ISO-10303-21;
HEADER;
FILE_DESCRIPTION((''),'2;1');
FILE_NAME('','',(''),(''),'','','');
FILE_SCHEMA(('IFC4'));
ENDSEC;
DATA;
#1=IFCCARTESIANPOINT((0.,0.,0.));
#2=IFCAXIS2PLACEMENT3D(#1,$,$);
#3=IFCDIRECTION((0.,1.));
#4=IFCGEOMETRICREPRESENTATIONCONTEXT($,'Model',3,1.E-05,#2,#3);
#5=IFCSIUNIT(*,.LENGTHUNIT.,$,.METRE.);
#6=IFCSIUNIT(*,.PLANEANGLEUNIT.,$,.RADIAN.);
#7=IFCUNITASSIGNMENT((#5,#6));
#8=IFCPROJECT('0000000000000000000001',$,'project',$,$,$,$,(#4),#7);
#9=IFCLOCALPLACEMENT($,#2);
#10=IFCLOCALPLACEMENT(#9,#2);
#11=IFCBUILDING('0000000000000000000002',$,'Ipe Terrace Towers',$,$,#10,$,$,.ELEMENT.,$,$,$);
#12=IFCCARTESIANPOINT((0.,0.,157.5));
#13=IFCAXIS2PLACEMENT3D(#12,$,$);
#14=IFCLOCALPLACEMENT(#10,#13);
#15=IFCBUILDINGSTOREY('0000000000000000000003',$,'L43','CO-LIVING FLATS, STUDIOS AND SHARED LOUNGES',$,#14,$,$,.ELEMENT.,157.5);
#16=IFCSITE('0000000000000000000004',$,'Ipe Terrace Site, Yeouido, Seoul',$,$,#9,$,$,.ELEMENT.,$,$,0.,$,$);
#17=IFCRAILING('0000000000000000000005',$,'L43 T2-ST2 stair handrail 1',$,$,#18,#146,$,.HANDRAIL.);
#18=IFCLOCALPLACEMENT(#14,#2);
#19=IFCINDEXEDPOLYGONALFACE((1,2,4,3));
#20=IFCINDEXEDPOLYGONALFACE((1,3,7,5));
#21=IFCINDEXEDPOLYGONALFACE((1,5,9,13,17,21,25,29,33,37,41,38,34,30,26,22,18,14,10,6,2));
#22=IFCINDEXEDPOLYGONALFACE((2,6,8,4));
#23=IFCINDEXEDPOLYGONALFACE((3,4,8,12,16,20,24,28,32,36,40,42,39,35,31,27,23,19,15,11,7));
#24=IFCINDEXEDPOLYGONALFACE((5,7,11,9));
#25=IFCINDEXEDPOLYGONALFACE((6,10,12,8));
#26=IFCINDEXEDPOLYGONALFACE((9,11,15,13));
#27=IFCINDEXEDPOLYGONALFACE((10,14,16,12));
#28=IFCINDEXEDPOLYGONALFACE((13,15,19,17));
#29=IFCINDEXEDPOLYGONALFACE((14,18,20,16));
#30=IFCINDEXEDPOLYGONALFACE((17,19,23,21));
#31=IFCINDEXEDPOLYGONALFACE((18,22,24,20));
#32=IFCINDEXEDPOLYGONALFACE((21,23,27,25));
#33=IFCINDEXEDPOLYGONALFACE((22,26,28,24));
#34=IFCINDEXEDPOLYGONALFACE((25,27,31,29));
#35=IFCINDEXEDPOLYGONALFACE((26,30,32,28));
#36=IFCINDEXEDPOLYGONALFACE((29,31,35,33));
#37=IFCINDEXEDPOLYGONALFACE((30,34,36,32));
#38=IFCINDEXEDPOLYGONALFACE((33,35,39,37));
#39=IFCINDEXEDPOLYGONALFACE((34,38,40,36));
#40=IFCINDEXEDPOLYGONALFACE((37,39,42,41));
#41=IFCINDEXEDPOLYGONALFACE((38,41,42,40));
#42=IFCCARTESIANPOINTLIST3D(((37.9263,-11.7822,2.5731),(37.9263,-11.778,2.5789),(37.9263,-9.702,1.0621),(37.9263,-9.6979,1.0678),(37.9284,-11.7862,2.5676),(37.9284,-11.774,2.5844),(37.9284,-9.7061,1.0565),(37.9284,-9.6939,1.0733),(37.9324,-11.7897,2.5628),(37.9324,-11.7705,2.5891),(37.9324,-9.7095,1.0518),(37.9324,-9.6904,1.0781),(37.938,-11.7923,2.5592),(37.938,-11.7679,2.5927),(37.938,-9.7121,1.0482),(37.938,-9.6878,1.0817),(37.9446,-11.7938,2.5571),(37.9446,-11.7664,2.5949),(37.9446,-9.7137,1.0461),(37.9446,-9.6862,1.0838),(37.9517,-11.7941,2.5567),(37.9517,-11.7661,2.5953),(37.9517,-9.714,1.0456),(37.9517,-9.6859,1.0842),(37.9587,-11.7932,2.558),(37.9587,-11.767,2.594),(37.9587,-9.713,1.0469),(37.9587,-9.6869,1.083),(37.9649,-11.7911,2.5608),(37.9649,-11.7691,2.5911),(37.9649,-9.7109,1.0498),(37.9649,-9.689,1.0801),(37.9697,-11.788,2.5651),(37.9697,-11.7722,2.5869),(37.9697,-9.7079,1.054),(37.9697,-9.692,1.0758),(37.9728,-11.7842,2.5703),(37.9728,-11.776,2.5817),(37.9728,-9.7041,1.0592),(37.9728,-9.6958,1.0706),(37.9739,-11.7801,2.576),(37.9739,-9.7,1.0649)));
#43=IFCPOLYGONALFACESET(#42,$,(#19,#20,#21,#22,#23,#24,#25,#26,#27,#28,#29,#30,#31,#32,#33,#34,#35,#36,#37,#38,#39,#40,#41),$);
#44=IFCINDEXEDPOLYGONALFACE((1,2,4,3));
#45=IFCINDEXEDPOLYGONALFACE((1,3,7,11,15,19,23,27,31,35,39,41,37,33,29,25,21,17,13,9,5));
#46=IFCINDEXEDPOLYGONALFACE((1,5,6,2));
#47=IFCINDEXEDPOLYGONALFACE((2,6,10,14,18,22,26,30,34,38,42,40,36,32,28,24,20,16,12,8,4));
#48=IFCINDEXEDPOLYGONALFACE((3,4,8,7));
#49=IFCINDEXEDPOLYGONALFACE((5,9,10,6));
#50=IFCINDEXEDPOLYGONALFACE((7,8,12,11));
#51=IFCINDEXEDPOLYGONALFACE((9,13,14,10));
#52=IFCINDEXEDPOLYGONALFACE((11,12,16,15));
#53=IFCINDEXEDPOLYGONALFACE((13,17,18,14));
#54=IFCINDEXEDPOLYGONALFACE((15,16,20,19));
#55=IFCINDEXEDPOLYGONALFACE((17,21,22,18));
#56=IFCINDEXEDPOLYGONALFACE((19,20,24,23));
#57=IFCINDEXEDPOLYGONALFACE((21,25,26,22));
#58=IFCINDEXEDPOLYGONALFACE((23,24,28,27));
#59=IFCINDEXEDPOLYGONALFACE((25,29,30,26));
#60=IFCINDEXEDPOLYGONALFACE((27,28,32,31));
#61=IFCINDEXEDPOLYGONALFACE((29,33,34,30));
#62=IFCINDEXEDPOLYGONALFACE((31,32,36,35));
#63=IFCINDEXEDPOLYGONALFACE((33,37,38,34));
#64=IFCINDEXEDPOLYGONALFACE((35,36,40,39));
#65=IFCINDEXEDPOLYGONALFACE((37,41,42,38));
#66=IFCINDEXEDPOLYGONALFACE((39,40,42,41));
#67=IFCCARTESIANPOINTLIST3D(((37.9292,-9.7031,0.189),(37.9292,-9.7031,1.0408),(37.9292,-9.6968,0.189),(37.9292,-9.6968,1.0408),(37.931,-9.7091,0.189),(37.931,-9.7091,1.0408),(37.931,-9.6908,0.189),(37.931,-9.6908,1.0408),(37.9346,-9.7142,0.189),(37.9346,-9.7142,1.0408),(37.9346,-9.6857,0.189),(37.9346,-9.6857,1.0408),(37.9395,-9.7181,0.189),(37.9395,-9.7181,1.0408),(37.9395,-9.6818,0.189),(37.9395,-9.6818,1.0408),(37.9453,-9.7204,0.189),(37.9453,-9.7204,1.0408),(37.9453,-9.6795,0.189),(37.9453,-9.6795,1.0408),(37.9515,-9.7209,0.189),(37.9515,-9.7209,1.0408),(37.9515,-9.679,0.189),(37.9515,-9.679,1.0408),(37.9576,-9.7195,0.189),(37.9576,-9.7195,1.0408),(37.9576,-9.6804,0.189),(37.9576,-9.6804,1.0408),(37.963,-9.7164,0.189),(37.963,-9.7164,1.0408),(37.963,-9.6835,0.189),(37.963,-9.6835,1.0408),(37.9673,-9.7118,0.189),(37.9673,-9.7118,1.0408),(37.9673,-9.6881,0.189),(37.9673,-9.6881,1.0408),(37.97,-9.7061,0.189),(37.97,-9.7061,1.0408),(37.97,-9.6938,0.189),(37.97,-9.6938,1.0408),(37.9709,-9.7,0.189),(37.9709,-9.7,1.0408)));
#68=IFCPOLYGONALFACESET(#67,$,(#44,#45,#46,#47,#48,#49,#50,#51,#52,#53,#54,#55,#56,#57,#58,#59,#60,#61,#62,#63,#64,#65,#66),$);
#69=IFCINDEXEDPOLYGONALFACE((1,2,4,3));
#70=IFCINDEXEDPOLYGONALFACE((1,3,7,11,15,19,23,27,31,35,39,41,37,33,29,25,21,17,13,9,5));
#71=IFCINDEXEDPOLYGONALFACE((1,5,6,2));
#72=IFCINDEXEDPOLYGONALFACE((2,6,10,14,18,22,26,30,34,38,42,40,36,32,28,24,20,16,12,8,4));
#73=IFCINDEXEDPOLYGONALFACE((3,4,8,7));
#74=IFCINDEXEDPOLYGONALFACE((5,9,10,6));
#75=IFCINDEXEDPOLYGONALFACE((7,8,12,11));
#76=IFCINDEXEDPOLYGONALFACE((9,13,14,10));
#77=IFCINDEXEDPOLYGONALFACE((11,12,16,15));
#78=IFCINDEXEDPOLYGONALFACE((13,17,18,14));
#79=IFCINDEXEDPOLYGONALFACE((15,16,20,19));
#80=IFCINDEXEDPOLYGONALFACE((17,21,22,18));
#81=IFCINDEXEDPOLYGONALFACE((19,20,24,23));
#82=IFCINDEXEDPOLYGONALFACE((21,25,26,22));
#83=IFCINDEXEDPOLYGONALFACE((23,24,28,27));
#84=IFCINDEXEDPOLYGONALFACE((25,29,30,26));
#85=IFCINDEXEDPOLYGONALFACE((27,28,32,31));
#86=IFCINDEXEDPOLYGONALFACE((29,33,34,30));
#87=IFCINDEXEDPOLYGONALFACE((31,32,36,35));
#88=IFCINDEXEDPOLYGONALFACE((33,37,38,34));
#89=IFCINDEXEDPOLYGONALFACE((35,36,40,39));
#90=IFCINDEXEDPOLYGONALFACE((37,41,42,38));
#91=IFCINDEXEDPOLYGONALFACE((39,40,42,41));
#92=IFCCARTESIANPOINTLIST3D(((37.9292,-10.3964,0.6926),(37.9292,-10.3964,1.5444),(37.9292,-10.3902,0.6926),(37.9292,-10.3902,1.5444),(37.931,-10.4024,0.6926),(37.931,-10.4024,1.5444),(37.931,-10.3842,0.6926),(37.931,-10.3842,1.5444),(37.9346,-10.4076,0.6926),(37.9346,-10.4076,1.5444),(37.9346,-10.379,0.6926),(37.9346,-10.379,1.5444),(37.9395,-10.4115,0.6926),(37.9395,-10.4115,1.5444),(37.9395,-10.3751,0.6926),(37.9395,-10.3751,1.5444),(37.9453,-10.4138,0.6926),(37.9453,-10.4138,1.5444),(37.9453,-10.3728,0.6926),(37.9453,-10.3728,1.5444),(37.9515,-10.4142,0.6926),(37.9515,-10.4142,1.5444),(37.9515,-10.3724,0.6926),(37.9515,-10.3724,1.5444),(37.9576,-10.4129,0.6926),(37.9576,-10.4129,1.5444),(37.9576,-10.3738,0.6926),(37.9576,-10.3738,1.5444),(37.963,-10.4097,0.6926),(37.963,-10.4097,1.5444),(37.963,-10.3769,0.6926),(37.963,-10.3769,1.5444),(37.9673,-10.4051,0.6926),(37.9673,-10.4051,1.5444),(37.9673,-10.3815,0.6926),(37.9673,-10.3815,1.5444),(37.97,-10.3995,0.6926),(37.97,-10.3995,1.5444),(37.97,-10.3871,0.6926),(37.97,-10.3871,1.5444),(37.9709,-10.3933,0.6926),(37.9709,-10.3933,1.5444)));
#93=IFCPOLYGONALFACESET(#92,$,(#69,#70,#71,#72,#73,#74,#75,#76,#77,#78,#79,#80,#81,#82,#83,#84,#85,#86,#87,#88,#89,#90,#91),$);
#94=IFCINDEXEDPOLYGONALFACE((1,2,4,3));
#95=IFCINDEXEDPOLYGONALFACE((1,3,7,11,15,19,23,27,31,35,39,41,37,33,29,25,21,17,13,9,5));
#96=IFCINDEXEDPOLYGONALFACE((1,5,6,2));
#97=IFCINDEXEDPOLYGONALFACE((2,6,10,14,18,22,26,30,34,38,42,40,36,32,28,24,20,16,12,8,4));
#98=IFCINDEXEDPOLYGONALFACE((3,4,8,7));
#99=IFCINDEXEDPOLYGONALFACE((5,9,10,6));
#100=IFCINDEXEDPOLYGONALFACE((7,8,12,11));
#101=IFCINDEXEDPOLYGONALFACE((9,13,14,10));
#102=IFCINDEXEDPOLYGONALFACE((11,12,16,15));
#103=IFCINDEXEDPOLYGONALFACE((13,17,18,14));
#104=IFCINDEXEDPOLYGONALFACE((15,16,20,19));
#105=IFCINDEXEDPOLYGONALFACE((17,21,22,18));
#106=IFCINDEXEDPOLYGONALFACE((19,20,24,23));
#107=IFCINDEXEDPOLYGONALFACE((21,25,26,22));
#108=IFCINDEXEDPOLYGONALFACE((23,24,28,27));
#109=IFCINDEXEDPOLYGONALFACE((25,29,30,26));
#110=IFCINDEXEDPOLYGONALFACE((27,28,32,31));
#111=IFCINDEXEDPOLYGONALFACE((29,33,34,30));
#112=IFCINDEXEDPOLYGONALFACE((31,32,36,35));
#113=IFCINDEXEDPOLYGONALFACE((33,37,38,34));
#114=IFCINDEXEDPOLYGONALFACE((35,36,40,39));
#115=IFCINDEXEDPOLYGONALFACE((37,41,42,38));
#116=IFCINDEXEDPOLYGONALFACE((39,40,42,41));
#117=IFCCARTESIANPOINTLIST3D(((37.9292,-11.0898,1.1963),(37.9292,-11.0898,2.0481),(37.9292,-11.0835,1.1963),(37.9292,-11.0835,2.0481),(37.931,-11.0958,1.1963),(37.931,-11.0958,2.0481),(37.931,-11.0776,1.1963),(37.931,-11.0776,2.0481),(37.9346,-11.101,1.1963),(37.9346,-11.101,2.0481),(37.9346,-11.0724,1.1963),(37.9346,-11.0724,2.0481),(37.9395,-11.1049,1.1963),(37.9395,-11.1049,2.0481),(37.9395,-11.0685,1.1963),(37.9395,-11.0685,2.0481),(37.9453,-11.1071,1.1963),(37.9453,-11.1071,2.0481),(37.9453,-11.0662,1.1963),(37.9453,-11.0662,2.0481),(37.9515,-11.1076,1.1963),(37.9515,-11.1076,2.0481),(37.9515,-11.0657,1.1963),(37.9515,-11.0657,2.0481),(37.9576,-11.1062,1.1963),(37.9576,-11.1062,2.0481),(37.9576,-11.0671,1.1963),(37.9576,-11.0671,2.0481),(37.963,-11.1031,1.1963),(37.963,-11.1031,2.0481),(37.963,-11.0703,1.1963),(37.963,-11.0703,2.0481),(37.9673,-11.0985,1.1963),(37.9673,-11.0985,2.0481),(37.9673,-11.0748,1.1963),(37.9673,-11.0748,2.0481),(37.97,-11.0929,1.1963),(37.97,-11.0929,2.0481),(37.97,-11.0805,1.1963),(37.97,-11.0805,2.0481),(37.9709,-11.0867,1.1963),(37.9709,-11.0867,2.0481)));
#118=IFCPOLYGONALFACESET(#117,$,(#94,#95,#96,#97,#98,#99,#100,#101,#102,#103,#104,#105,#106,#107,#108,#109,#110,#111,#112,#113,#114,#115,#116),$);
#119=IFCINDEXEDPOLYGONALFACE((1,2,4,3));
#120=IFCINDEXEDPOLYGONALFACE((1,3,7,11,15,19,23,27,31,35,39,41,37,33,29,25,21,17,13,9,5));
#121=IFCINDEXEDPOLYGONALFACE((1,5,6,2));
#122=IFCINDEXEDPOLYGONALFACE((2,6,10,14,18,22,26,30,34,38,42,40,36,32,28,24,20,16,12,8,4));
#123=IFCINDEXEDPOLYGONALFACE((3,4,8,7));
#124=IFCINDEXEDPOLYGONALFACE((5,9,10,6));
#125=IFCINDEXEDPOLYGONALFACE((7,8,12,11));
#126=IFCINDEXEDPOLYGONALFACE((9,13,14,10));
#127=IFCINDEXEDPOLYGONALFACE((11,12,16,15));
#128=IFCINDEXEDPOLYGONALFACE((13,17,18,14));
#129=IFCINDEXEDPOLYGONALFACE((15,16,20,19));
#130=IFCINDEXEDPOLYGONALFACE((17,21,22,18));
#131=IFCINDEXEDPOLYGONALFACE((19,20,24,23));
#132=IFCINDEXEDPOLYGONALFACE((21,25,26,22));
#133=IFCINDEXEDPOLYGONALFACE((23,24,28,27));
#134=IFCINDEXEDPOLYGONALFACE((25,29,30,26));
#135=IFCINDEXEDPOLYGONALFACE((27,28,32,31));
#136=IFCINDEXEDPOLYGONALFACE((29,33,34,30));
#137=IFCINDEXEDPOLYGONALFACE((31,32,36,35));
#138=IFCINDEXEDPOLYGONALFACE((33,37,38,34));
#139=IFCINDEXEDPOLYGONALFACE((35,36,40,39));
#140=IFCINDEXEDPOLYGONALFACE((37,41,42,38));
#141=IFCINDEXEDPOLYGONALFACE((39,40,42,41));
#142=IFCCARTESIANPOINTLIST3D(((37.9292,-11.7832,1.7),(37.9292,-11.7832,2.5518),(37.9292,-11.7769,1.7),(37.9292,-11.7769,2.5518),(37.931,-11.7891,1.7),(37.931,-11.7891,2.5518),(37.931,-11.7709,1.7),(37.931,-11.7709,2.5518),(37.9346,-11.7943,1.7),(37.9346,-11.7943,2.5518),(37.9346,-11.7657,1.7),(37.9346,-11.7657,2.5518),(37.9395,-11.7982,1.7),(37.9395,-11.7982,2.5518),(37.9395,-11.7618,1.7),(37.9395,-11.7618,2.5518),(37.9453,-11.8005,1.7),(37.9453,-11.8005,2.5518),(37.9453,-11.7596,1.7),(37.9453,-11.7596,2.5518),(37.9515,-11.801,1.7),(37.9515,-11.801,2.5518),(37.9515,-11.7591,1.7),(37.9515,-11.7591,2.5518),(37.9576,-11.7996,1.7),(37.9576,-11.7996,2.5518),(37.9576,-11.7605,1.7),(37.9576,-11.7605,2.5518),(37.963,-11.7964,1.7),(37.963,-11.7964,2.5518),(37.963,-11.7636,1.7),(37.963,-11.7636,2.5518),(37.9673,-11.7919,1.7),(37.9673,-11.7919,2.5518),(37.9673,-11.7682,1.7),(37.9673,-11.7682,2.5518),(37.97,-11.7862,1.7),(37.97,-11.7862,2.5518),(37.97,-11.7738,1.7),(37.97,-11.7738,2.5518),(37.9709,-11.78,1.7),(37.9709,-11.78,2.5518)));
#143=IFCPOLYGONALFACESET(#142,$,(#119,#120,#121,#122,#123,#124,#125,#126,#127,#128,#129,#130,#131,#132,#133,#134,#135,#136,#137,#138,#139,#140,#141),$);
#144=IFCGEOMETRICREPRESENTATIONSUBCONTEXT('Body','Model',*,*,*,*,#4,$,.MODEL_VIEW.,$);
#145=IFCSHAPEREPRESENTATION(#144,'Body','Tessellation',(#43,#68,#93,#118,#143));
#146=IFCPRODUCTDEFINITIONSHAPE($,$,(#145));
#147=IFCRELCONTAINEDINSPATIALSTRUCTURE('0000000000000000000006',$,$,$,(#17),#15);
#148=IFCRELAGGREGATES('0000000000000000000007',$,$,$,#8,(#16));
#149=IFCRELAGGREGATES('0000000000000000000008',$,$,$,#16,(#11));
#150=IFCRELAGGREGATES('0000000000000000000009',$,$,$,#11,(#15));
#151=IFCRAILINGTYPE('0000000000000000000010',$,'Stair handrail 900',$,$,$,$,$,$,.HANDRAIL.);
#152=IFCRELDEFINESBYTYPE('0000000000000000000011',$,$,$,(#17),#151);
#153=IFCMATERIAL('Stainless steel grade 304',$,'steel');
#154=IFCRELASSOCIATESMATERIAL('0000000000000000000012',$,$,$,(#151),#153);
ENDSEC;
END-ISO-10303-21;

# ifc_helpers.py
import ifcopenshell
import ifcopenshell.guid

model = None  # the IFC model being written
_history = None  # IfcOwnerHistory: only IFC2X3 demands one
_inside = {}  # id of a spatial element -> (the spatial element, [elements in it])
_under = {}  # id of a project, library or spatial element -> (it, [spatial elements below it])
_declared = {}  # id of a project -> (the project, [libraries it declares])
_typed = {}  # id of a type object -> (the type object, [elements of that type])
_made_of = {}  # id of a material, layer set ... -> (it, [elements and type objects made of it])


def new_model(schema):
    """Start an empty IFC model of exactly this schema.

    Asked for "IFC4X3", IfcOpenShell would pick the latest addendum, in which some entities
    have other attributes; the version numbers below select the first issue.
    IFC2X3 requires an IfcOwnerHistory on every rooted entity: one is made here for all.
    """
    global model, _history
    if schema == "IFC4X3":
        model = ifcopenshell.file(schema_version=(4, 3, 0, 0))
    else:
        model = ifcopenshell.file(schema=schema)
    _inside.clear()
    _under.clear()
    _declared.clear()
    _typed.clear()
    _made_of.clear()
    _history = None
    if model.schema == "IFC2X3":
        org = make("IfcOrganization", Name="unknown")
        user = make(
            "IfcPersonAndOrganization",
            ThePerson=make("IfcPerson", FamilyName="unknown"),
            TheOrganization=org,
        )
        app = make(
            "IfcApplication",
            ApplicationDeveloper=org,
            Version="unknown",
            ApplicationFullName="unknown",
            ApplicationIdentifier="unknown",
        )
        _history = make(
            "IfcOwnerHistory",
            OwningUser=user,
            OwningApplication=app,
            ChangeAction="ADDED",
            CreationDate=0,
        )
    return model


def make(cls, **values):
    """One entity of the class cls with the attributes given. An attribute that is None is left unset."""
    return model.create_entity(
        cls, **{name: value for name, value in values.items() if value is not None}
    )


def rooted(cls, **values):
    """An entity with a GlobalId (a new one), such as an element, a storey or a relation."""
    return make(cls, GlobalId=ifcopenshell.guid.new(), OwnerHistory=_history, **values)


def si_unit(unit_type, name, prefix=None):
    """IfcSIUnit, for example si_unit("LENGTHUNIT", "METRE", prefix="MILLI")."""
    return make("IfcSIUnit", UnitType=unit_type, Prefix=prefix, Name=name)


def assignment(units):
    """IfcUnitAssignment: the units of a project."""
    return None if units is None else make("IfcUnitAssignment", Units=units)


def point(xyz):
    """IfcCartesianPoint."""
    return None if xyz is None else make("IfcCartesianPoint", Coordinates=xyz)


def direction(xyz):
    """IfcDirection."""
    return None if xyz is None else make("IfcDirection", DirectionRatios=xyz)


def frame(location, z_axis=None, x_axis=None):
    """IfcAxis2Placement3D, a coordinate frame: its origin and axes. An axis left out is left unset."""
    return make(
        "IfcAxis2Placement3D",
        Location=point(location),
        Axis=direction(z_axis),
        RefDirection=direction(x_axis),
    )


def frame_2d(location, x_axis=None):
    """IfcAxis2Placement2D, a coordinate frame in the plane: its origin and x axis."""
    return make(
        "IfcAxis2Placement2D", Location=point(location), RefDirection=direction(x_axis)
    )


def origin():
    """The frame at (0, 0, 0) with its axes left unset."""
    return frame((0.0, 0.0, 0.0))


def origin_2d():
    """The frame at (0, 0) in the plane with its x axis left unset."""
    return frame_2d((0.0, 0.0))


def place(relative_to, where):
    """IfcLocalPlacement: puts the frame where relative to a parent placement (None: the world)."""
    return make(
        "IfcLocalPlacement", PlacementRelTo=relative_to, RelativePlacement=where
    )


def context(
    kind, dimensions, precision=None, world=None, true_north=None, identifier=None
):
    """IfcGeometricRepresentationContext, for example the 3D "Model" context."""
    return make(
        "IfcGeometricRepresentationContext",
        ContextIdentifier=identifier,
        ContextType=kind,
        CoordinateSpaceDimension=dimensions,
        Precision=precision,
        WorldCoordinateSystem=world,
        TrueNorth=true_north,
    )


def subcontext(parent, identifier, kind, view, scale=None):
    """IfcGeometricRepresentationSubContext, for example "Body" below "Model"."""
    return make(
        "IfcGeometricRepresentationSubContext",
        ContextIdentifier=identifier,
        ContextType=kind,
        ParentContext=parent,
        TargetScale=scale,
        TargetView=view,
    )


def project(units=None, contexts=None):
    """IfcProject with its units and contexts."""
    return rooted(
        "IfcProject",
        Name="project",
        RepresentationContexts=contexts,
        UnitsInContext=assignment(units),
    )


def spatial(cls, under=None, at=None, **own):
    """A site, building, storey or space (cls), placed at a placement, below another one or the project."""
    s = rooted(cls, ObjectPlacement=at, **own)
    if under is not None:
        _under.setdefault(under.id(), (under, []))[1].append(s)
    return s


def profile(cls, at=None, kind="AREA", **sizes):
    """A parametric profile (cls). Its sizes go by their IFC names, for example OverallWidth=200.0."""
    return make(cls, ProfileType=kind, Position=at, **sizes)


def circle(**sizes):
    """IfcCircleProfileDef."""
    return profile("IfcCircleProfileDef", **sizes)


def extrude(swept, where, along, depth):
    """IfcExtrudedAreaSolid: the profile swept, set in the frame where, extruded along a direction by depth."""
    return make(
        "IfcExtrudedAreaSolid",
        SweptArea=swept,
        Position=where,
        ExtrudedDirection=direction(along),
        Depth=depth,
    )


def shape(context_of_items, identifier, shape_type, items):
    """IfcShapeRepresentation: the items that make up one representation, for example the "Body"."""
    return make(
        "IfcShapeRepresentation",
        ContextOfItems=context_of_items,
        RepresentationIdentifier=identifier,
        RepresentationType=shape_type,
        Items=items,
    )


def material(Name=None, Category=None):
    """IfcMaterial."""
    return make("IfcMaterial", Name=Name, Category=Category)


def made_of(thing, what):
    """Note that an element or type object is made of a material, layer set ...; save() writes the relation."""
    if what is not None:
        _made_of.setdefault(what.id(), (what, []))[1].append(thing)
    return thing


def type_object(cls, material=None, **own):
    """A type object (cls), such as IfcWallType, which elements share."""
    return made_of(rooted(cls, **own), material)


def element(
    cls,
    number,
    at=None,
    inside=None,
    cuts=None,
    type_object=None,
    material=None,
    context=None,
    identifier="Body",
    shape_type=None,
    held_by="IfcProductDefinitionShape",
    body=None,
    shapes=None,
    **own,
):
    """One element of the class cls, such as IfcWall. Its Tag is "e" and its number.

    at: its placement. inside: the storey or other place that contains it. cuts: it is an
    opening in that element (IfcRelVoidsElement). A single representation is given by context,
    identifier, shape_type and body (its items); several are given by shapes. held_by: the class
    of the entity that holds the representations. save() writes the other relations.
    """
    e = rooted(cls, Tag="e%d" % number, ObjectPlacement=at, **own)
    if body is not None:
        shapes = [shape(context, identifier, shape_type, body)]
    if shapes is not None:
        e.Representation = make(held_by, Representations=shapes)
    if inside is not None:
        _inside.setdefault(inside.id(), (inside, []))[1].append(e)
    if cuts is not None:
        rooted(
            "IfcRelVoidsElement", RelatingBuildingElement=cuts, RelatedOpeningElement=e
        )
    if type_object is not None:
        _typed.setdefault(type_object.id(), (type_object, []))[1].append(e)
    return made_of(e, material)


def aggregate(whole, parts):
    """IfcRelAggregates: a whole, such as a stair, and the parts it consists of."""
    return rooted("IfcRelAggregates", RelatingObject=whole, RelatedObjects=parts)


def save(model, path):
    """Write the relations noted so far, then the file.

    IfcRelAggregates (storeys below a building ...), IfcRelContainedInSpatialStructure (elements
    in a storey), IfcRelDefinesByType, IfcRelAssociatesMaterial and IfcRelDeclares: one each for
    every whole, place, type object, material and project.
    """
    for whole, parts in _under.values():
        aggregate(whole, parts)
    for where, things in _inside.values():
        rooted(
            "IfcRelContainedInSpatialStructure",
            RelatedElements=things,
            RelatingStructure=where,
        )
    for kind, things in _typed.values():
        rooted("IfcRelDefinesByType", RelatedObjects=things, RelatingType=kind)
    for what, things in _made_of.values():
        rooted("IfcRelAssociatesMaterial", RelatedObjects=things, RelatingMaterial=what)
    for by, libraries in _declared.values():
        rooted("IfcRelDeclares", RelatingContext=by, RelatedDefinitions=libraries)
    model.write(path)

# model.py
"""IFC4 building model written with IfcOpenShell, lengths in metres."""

from ifc_helpers import new_model, si_unit, direction, frame, origin, origin_2d, place, context, subcontext, project, spatial, circle, extrude, material, type_object, element, save


model = new_model("IFC4")

# Units and contexts
model_context = context("Model", 3, precision=1e-05, world=origin(), true_north=direction((0.0, 1.0)))
body_context = subcontext(model_context, "Body", "Model", "MODEL_VIEW")
ifc_project = project(units=[si_unit("LENGTHUNIT", "METRE"), si_unit("PLANEANGLEUNIT", "RADIAN")], contexts=[model_context])

# Site, building, storey
site_placement = place(None, origin())
site = spatial("IfcSite", under=ifc_project, at=site_placement, Name="Ipe Terrace Site, Yeouido, Seoul", CompositionType="ELEMENT", RefElevation=0.0)
building_placement = place(site_placement, origin())
building = spatial("IfcBuilding", under=site, at=building_placement, Name="Ipe Terrace Towers", CompositionType="ELEMENT")
storey_placement = place(building_placement, frame((0.0, 0.0, 157.5)))
storey = spatial("IfcBuildingStorey", under=building, at=storey_placement, Name="L43", Description="CO-LIVING FLATS, STUDIOS AND SHARED LOUNGES", CompositionType="ELEMENT", Elevation=157.5)

# Railing
ifc_material_1 = material(Name="Stainless steel grade 304", Category="steel")
railing_type_1 = type_object("IfcRailingType", Name="Stair handrail 900", PredefinedType="HANDRAIL", material=ifc_material_1)
railing_1_placement = place(storey_placement, frame((37.95, -9.7, 0.189)))
element("IfcRailing", 1, at=railing_1_placement, inside=storey, type_object=railing_type_1, Name="L43 T2-ST2 stair handrail 1", PredefinedType="HANDRAIL", context=body_context, shape_type="SweptSolid", body=[
    extrude(circle(Radius=0.0239, at=origin_2d()), frame((0.0, 0.0, 0.876), z_axis=(0.0, -0.809069, 0.587714), x_axis=(1.0, 0.0, 0.0)), (0.0, 0.0, 1.0), 2.571),
    extrude(circle(Radius=0.021, at=origin_2d()), origin(), (0.0, 0.0, 1.0), 0.8518),
    extrude(circle(Radius=0.021, at=origin_2d()), frame((0.0, -0.6934, 0.5037)), (0.0, 0.0, 1.0), 0.8518),
    extrude(circle(Radius=0.021, at=origin_2d()), frame((0.0, -1.3867, 1.0073)), (0.0, 0.0, 1.0), 0.8518),
    extrude(circle(Radius=0.021, at=origin_2d()), frame((0.0, -2.0801, 1.511)), (0.0, 0.0, 1.0), 0.8518),
])

save(model, "model.ifc")
